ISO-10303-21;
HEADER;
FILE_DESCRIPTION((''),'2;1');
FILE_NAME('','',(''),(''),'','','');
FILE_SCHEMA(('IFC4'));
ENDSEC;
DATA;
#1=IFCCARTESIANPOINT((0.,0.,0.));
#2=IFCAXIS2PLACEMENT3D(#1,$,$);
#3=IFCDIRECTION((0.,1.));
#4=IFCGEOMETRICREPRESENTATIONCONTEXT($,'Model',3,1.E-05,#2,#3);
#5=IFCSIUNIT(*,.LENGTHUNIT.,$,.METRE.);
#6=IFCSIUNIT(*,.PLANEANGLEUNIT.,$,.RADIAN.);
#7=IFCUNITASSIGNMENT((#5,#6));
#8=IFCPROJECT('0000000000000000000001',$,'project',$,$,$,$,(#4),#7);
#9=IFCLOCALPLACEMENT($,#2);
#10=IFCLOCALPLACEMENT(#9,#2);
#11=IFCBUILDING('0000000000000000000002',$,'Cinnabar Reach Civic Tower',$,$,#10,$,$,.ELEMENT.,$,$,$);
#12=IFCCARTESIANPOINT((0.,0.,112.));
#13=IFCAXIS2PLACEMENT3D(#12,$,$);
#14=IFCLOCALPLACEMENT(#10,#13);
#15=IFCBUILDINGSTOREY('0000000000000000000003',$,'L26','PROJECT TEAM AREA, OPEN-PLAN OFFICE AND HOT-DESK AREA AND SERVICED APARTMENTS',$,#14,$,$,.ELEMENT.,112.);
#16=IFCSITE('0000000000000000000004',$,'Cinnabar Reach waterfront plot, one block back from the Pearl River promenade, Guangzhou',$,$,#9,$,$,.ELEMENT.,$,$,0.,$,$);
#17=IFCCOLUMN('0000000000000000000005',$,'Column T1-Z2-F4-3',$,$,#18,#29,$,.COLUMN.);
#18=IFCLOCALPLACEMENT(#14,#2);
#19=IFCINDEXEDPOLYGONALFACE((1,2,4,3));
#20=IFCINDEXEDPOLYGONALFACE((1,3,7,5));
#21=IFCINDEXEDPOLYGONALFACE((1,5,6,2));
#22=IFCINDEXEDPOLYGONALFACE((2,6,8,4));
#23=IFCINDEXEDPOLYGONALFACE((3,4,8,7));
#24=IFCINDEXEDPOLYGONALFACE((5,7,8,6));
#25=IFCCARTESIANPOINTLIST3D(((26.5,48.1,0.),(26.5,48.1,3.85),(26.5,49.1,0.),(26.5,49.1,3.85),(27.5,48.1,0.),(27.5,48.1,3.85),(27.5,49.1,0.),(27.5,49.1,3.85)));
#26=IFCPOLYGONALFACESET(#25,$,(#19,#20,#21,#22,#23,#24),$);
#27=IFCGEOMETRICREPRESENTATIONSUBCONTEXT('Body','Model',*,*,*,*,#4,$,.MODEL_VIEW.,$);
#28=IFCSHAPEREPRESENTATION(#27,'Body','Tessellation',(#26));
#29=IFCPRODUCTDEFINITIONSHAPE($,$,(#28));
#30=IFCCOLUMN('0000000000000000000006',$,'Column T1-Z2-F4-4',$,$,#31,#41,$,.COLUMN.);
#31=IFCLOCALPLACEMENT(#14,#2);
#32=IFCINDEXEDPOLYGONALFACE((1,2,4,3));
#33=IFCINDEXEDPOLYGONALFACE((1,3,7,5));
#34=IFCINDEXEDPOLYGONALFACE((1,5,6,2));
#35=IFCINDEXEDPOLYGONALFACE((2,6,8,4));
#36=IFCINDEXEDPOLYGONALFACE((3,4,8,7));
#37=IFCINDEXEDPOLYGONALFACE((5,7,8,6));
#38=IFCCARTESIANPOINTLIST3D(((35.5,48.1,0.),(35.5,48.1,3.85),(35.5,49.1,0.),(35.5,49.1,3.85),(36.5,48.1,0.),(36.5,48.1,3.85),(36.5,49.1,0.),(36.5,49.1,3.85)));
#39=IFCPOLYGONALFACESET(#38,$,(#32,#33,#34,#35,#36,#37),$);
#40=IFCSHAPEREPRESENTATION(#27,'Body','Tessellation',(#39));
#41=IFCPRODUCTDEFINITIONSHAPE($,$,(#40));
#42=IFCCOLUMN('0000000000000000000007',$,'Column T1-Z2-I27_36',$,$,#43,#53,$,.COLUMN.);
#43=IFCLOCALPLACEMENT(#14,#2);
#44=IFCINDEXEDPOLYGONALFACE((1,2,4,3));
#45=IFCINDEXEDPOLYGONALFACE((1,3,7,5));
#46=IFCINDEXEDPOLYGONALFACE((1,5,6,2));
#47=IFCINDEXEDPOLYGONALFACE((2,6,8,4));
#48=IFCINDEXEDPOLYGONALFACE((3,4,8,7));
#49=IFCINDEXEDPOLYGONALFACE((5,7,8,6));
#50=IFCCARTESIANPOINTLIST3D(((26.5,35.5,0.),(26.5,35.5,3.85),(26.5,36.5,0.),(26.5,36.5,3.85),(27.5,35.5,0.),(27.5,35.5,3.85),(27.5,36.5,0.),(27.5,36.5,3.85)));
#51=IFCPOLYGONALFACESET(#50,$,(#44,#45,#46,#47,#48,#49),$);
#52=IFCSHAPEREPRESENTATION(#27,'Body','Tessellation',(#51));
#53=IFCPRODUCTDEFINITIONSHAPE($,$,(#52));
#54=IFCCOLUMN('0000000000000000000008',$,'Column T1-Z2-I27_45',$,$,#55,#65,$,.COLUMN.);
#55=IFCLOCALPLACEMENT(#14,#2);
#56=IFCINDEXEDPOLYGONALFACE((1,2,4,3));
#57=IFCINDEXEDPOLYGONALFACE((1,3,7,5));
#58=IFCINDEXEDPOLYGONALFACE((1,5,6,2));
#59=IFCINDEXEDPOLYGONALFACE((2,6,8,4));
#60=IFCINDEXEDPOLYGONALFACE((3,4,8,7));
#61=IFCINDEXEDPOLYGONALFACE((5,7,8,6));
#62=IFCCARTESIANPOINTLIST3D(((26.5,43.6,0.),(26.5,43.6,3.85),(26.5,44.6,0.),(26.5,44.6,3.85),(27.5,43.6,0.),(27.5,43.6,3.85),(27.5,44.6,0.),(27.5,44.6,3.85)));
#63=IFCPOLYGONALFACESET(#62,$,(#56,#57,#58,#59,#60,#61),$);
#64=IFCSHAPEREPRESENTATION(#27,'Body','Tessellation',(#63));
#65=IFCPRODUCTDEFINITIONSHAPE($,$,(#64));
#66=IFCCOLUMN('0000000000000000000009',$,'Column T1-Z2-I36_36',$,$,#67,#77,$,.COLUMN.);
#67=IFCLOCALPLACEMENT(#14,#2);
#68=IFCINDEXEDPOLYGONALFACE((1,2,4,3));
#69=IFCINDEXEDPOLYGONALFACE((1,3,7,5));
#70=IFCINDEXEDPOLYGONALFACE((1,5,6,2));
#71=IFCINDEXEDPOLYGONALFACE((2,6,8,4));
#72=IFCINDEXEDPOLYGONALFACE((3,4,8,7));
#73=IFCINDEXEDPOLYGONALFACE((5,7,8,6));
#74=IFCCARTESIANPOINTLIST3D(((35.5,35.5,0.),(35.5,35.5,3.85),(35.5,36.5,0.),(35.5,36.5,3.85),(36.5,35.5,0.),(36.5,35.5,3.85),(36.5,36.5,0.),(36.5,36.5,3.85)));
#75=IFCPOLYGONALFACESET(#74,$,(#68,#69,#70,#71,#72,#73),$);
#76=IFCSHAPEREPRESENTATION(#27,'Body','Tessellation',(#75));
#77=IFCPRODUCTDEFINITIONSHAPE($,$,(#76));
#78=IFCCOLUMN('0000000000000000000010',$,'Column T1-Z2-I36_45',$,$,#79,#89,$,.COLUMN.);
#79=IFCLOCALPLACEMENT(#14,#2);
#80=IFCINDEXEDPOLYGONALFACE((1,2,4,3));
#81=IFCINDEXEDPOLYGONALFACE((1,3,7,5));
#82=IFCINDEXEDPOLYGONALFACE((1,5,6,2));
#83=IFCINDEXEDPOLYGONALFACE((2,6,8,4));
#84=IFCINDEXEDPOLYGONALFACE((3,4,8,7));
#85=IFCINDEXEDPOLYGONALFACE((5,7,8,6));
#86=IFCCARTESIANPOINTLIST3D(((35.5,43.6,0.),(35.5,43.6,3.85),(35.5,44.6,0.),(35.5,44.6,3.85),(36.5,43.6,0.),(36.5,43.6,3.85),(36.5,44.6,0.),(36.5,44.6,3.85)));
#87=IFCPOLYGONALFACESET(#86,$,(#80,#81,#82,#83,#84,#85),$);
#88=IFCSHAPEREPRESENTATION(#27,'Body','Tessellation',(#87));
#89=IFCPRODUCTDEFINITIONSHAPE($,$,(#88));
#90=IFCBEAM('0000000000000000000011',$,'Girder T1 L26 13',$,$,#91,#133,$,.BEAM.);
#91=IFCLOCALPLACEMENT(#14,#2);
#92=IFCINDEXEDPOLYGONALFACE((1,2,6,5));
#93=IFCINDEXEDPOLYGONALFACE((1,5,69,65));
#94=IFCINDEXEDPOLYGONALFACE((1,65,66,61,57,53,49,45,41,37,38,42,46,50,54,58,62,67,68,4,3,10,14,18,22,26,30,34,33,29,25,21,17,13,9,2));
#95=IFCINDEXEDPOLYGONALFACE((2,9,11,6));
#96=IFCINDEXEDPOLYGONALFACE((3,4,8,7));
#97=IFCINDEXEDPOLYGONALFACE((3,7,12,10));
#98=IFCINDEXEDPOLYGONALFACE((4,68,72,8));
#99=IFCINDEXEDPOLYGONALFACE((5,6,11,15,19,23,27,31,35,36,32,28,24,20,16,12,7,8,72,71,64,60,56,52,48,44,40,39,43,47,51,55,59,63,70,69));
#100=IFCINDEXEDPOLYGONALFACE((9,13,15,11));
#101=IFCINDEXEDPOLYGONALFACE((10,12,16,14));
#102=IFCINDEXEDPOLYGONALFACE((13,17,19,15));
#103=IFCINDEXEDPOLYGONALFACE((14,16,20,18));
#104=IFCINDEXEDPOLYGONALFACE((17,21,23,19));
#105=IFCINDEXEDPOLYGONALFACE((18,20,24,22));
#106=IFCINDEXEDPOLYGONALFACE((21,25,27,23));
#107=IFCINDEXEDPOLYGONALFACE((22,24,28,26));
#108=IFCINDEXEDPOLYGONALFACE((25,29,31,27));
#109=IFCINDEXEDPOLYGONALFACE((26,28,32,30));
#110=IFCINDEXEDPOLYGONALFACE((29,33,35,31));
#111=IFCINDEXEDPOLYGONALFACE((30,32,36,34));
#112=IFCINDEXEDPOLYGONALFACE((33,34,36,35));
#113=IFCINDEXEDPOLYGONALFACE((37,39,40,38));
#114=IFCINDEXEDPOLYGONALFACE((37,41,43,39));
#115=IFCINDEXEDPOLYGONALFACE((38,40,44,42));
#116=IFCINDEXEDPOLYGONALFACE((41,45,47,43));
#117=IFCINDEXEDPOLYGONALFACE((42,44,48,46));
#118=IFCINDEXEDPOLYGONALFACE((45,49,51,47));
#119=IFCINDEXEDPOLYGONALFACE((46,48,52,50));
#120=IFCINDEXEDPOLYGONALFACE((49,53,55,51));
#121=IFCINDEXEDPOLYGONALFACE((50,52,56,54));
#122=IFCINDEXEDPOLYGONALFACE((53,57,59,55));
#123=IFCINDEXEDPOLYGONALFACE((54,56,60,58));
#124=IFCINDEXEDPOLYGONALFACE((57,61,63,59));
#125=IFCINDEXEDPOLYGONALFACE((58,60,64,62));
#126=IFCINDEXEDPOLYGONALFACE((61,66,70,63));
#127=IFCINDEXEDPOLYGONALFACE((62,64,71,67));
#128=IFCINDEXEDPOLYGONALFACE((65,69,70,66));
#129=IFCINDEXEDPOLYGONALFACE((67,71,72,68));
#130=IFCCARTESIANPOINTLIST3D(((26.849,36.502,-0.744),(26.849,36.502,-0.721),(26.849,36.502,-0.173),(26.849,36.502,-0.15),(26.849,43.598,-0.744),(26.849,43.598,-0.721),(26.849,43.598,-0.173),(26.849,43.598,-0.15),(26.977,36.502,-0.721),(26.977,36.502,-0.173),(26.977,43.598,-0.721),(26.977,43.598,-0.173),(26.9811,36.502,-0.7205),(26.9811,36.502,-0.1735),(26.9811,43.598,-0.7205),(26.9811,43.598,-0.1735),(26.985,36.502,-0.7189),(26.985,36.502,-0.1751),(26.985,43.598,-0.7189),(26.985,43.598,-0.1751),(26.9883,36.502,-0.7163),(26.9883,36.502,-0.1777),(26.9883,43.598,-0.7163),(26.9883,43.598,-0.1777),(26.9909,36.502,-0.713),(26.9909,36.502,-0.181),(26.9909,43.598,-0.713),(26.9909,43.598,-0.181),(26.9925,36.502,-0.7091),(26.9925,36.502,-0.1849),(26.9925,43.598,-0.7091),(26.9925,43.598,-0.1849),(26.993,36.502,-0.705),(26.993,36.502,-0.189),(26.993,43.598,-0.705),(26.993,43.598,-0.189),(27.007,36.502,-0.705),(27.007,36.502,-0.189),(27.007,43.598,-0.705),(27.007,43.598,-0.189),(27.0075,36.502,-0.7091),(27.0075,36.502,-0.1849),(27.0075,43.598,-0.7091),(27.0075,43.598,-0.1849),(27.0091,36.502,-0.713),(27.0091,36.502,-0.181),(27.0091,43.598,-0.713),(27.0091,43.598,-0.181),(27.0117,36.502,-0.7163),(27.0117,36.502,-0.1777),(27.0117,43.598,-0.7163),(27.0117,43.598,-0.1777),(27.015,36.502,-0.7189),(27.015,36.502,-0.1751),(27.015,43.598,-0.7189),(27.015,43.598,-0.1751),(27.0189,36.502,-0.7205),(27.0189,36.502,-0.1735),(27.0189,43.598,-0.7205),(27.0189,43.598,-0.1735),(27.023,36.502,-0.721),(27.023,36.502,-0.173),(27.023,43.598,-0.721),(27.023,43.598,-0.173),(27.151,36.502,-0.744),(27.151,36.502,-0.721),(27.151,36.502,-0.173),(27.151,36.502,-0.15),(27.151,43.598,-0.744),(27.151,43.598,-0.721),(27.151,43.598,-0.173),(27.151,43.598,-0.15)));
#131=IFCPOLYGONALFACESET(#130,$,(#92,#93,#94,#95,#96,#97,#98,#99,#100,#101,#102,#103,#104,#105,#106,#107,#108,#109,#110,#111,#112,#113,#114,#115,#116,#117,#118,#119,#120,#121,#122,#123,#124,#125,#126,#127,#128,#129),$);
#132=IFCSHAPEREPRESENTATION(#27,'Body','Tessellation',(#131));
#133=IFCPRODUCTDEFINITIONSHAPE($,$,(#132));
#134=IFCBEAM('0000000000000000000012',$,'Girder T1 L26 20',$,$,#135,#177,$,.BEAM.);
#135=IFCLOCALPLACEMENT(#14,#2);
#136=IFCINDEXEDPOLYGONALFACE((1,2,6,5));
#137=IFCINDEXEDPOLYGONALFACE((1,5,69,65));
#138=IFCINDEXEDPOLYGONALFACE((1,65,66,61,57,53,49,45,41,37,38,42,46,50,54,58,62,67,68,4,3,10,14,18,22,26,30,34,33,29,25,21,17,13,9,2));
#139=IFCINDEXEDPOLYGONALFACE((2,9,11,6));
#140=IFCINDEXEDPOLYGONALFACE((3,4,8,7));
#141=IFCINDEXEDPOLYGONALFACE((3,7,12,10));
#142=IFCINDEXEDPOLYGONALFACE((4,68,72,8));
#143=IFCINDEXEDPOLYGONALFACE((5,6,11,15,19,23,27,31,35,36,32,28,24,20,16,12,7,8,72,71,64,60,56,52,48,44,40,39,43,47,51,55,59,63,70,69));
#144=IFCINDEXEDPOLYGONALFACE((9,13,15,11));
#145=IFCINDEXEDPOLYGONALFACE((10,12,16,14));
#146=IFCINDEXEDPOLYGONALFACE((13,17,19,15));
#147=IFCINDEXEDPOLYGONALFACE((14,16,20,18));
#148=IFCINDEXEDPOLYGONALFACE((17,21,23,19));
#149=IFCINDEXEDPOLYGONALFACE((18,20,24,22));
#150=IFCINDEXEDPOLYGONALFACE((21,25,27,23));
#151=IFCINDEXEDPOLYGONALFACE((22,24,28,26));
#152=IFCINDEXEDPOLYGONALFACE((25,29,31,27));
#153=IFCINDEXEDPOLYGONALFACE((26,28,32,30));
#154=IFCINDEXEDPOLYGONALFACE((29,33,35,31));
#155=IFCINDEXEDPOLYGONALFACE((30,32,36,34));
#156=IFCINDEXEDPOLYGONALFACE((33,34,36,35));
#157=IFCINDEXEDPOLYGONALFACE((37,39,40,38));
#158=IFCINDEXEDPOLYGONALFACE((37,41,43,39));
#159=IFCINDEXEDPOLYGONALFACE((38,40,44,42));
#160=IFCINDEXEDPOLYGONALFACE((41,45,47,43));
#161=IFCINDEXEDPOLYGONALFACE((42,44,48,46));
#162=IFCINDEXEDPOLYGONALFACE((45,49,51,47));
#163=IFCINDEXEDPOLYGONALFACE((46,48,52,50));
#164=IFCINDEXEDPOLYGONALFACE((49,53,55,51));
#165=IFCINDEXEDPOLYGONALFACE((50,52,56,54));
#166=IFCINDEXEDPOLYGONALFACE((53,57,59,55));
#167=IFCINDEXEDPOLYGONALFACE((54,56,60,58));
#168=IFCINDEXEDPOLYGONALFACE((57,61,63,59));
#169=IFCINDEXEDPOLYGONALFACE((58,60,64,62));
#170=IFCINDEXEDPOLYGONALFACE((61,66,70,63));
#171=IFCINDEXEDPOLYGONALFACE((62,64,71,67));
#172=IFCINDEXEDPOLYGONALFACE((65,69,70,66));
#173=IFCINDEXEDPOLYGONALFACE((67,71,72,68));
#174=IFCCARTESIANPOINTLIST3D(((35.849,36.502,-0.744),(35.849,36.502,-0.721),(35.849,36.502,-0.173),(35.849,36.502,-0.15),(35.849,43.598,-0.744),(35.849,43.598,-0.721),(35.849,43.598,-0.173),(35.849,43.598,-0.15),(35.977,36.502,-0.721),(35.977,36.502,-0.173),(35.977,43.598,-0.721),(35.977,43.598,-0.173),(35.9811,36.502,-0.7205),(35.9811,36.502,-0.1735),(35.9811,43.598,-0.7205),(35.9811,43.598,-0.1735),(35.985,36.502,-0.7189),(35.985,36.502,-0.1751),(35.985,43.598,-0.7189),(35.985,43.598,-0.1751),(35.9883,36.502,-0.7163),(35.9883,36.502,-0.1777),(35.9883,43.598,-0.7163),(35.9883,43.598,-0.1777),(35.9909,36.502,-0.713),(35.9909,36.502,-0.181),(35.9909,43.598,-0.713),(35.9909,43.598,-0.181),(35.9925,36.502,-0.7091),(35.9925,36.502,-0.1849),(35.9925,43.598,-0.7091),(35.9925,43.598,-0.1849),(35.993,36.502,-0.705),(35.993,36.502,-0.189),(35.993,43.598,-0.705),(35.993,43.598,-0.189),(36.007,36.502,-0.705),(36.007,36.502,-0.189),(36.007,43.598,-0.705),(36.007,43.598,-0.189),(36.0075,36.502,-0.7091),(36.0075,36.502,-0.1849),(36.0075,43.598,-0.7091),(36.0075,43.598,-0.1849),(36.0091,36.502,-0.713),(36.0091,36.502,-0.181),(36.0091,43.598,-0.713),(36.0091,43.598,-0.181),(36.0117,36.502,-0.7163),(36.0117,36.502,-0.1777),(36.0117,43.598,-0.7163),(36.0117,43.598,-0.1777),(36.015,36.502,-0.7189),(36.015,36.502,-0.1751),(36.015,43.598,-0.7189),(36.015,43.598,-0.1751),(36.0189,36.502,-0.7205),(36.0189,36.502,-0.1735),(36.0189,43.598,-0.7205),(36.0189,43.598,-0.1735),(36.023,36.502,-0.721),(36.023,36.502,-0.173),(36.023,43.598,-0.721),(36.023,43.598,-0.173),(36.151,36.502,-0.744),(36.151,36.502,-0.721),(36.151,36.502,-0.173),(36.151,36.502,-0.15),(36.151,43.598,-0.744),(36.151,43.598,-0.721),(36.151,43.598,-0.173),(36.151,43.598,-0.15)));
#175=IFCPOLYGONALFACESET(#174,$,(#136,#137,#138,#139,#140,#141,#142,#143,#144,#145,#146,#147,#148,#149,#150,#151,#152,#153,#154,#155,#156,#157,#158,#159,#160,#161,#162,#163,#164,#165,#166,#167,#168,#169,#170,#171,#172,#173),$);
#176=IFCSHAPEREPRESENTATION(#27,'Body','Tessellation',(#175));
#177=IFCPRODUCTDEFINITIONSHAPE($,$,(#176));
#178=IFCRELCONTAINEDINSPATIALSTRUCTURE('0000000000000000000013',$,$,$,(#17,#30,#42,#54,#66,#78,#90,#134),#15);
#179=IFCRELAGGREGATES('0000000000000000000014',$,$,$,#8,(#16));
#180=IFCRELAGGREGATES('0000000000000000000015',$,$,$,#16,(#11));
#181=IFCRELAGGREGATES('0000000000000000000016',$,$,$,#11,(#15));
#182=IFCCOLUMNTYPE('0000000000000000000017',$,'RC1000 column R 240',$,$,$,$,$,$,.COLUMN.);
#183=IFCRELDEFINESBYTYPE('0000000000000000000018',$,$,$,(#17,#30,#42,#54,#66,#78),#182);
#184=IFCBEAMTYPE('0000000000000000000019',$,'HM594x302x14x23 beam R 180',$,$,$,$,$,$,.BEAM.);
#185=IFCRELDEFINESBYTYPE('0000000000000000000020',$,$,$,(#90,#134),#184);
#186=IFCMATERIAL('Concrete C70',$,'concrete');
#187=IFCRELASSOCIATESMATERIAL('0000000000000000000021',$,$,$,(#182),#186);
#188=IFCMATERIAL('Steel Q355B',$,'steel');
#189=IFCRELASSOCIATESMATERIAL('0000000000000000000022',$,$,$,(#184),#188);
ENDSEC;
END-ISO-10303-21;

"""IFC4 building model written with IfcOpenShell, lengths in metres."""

from ifc_helpers import new_model, si_unit, direction, frame, origin, origin_2d, place, context, subcontext, project, spatial, rectangle, i_section, extrude, material, material_profile, profile_set, type_object, element, save


model = new_model("IFC4")

# Units and contexts
model_context = context("Model", 3, precision=1e-05, world=origin(), true_north=direction((0.0, 1.0)))
body_context = subcontext(model_context, "Body", "Model", "MODEL_VIEW")
ifc_project = project(units=[si_unit("LENGTHUNIT", "METRE"), si_unit("PLANEANGLEUNIT", "RADIAN")], contexts=[model_context])

# Site, building, storey
site_placement = place(None, origin())
site = spatial("IfcSite", under=ifc_project, at=site_placement, Name="Cinnabar Reach waterfront plot, one block back from the Pearl River promenade, Guangzhou", CompositionType="ELEMENT", RefElevation=0.0)
building_placement = place(site_placement, origin())
building = spatial("IfcBuilding", under=site, at=building_placement, Name="Cinnabar Reach Civic Tower", CompositionType="ELEMENT")
storey_placement = place(building_placement, frame((0.0, 0.0, 112.0)))
storey = spatial("IfcBuildingStorey", under=building, at=storey_placement, Name="L26", Description="PROJECT TEAM AREA, OPEN-PLAN OFFICE AND HOT-DESK AREA AND SERVICED APARTMENTS", CompositionType="ELEMENT", Elevation=112.0)

# Columns
ifc_material_1 = material(Name="Concrete C70", Category="concrete")
ifc_material_profile_1 = material_profile(ifc_material_1, rectangle(XDim=1.0, YDim=1.0, at=origin_2d()), Name="RC1000")
ifc_profile_set_1 = profile_set([ifc_material_profile_1], Name="Concrete C70")
column_type = type_object("IfcColumnType", Name="RC1000 column R 240", PredefinedType="COLUMN", material=ifc_profile_set_1)
for number, where, z_axis, x_axis, name in (
    (1, (27.0, 48.6, 0.0), (0.0, 0.0, 1.0), (1.0, 0.0, 0.0), "Column T1-Z2-F4-3"),
    (2, (36.0, 48.6, 0.0), (0.0, 0.0, 1.0), (1.0, 0.0, 0.0), "Column T1-Z2-F4-4"),
    (3, (27.0, 36.0, 0.0), (0.0, 0.0, 1.0), (1.0, 0.0, 0.0), "Column T1-Z2-I27_36"),
    (4, (27.0, 44.1, 0.0), (0.0, 0.0, 1.0), (1.0, 0.0, 0.0), "Column T1-Z2-I27_45"),
    (5, (36.0, 36.0, 0.0), (0.0, 0.0, 1.0), (1.0, 0.0, 0.0), "Column T1-Z2-I36_36"),
    (6, (36.0, 44.1, 0.0), (0.0, 0.0, 1.0), (1.0, 0.0, 0.0), "Column T1-Z2-I36_45"),
):
    element("IfcColumn", number, at=place(storey_placement, frame(where, z_axis=z_axis, x_axis=x_axis)), inside=storey, type_object=column_type, Name=name, PredefinedType="COLUMN", context=body_context, shape_type="SweptSolid", body=[
        extrude(rectangle(XDim=1.0, YDim=1.0, at=origin_2d()), origin(), (0.0, 0.0, 1.0), 3.85),
    ])

# Beams
ifc_material_2 = material(Name="Steel Q355B", Category="steel")
ifc_material_profile_2 = material_profile(ifc_material_2, i_section(OverallWidth=0.302, OverallDepth=0.594, WebThickness=0.014, FlangeThickness=0.023, FilletRadius=0.016, at=origin_2d()), Name="HM594x302x14x23")
ifc_profile_set_2 = profile_set([ifc_material_profile_2], Name="Steel Q355B")
beam_type_1 = type_object("IfcBeamType", Name="HM594x302x14x23 beam R 180", PredefinedType="BEAM", material=ifc_profile_set_2)
for number, where, z_axis, x_axis, name in (
    (7, (27.0, 36.502, -0.447), (0.0, 1.0, 0.0), (-1.0, 0.0, 0.0), "Girder T1 L26 13"),
    (8, (36.0, 36.502, -0.447), (0.0, 1.0, 0.0), (-1.0, 0.0, 0.0), "Girder T1 L26 20"),
):
    element("IfcBeam", number, at=place(storey_placement, frame(where, z_axis=z_axis, x_axis=x_axis)), inside=storey, type_object=beam_type_1, Name=name, PredefinedType="BEAM", context=body_context, shape_type="SweptSolid", body=[
        extrude(i_section(OverallWidth=0.302, OverallDepth=0.594, WebThickness=0.014, FlangeThickness=0.023, FilletRadius=0.016, at=origin_2d()), origin(), (0.0, 0.0, 1.0), 7.096),
    ])

save(model, "model.ifc")
